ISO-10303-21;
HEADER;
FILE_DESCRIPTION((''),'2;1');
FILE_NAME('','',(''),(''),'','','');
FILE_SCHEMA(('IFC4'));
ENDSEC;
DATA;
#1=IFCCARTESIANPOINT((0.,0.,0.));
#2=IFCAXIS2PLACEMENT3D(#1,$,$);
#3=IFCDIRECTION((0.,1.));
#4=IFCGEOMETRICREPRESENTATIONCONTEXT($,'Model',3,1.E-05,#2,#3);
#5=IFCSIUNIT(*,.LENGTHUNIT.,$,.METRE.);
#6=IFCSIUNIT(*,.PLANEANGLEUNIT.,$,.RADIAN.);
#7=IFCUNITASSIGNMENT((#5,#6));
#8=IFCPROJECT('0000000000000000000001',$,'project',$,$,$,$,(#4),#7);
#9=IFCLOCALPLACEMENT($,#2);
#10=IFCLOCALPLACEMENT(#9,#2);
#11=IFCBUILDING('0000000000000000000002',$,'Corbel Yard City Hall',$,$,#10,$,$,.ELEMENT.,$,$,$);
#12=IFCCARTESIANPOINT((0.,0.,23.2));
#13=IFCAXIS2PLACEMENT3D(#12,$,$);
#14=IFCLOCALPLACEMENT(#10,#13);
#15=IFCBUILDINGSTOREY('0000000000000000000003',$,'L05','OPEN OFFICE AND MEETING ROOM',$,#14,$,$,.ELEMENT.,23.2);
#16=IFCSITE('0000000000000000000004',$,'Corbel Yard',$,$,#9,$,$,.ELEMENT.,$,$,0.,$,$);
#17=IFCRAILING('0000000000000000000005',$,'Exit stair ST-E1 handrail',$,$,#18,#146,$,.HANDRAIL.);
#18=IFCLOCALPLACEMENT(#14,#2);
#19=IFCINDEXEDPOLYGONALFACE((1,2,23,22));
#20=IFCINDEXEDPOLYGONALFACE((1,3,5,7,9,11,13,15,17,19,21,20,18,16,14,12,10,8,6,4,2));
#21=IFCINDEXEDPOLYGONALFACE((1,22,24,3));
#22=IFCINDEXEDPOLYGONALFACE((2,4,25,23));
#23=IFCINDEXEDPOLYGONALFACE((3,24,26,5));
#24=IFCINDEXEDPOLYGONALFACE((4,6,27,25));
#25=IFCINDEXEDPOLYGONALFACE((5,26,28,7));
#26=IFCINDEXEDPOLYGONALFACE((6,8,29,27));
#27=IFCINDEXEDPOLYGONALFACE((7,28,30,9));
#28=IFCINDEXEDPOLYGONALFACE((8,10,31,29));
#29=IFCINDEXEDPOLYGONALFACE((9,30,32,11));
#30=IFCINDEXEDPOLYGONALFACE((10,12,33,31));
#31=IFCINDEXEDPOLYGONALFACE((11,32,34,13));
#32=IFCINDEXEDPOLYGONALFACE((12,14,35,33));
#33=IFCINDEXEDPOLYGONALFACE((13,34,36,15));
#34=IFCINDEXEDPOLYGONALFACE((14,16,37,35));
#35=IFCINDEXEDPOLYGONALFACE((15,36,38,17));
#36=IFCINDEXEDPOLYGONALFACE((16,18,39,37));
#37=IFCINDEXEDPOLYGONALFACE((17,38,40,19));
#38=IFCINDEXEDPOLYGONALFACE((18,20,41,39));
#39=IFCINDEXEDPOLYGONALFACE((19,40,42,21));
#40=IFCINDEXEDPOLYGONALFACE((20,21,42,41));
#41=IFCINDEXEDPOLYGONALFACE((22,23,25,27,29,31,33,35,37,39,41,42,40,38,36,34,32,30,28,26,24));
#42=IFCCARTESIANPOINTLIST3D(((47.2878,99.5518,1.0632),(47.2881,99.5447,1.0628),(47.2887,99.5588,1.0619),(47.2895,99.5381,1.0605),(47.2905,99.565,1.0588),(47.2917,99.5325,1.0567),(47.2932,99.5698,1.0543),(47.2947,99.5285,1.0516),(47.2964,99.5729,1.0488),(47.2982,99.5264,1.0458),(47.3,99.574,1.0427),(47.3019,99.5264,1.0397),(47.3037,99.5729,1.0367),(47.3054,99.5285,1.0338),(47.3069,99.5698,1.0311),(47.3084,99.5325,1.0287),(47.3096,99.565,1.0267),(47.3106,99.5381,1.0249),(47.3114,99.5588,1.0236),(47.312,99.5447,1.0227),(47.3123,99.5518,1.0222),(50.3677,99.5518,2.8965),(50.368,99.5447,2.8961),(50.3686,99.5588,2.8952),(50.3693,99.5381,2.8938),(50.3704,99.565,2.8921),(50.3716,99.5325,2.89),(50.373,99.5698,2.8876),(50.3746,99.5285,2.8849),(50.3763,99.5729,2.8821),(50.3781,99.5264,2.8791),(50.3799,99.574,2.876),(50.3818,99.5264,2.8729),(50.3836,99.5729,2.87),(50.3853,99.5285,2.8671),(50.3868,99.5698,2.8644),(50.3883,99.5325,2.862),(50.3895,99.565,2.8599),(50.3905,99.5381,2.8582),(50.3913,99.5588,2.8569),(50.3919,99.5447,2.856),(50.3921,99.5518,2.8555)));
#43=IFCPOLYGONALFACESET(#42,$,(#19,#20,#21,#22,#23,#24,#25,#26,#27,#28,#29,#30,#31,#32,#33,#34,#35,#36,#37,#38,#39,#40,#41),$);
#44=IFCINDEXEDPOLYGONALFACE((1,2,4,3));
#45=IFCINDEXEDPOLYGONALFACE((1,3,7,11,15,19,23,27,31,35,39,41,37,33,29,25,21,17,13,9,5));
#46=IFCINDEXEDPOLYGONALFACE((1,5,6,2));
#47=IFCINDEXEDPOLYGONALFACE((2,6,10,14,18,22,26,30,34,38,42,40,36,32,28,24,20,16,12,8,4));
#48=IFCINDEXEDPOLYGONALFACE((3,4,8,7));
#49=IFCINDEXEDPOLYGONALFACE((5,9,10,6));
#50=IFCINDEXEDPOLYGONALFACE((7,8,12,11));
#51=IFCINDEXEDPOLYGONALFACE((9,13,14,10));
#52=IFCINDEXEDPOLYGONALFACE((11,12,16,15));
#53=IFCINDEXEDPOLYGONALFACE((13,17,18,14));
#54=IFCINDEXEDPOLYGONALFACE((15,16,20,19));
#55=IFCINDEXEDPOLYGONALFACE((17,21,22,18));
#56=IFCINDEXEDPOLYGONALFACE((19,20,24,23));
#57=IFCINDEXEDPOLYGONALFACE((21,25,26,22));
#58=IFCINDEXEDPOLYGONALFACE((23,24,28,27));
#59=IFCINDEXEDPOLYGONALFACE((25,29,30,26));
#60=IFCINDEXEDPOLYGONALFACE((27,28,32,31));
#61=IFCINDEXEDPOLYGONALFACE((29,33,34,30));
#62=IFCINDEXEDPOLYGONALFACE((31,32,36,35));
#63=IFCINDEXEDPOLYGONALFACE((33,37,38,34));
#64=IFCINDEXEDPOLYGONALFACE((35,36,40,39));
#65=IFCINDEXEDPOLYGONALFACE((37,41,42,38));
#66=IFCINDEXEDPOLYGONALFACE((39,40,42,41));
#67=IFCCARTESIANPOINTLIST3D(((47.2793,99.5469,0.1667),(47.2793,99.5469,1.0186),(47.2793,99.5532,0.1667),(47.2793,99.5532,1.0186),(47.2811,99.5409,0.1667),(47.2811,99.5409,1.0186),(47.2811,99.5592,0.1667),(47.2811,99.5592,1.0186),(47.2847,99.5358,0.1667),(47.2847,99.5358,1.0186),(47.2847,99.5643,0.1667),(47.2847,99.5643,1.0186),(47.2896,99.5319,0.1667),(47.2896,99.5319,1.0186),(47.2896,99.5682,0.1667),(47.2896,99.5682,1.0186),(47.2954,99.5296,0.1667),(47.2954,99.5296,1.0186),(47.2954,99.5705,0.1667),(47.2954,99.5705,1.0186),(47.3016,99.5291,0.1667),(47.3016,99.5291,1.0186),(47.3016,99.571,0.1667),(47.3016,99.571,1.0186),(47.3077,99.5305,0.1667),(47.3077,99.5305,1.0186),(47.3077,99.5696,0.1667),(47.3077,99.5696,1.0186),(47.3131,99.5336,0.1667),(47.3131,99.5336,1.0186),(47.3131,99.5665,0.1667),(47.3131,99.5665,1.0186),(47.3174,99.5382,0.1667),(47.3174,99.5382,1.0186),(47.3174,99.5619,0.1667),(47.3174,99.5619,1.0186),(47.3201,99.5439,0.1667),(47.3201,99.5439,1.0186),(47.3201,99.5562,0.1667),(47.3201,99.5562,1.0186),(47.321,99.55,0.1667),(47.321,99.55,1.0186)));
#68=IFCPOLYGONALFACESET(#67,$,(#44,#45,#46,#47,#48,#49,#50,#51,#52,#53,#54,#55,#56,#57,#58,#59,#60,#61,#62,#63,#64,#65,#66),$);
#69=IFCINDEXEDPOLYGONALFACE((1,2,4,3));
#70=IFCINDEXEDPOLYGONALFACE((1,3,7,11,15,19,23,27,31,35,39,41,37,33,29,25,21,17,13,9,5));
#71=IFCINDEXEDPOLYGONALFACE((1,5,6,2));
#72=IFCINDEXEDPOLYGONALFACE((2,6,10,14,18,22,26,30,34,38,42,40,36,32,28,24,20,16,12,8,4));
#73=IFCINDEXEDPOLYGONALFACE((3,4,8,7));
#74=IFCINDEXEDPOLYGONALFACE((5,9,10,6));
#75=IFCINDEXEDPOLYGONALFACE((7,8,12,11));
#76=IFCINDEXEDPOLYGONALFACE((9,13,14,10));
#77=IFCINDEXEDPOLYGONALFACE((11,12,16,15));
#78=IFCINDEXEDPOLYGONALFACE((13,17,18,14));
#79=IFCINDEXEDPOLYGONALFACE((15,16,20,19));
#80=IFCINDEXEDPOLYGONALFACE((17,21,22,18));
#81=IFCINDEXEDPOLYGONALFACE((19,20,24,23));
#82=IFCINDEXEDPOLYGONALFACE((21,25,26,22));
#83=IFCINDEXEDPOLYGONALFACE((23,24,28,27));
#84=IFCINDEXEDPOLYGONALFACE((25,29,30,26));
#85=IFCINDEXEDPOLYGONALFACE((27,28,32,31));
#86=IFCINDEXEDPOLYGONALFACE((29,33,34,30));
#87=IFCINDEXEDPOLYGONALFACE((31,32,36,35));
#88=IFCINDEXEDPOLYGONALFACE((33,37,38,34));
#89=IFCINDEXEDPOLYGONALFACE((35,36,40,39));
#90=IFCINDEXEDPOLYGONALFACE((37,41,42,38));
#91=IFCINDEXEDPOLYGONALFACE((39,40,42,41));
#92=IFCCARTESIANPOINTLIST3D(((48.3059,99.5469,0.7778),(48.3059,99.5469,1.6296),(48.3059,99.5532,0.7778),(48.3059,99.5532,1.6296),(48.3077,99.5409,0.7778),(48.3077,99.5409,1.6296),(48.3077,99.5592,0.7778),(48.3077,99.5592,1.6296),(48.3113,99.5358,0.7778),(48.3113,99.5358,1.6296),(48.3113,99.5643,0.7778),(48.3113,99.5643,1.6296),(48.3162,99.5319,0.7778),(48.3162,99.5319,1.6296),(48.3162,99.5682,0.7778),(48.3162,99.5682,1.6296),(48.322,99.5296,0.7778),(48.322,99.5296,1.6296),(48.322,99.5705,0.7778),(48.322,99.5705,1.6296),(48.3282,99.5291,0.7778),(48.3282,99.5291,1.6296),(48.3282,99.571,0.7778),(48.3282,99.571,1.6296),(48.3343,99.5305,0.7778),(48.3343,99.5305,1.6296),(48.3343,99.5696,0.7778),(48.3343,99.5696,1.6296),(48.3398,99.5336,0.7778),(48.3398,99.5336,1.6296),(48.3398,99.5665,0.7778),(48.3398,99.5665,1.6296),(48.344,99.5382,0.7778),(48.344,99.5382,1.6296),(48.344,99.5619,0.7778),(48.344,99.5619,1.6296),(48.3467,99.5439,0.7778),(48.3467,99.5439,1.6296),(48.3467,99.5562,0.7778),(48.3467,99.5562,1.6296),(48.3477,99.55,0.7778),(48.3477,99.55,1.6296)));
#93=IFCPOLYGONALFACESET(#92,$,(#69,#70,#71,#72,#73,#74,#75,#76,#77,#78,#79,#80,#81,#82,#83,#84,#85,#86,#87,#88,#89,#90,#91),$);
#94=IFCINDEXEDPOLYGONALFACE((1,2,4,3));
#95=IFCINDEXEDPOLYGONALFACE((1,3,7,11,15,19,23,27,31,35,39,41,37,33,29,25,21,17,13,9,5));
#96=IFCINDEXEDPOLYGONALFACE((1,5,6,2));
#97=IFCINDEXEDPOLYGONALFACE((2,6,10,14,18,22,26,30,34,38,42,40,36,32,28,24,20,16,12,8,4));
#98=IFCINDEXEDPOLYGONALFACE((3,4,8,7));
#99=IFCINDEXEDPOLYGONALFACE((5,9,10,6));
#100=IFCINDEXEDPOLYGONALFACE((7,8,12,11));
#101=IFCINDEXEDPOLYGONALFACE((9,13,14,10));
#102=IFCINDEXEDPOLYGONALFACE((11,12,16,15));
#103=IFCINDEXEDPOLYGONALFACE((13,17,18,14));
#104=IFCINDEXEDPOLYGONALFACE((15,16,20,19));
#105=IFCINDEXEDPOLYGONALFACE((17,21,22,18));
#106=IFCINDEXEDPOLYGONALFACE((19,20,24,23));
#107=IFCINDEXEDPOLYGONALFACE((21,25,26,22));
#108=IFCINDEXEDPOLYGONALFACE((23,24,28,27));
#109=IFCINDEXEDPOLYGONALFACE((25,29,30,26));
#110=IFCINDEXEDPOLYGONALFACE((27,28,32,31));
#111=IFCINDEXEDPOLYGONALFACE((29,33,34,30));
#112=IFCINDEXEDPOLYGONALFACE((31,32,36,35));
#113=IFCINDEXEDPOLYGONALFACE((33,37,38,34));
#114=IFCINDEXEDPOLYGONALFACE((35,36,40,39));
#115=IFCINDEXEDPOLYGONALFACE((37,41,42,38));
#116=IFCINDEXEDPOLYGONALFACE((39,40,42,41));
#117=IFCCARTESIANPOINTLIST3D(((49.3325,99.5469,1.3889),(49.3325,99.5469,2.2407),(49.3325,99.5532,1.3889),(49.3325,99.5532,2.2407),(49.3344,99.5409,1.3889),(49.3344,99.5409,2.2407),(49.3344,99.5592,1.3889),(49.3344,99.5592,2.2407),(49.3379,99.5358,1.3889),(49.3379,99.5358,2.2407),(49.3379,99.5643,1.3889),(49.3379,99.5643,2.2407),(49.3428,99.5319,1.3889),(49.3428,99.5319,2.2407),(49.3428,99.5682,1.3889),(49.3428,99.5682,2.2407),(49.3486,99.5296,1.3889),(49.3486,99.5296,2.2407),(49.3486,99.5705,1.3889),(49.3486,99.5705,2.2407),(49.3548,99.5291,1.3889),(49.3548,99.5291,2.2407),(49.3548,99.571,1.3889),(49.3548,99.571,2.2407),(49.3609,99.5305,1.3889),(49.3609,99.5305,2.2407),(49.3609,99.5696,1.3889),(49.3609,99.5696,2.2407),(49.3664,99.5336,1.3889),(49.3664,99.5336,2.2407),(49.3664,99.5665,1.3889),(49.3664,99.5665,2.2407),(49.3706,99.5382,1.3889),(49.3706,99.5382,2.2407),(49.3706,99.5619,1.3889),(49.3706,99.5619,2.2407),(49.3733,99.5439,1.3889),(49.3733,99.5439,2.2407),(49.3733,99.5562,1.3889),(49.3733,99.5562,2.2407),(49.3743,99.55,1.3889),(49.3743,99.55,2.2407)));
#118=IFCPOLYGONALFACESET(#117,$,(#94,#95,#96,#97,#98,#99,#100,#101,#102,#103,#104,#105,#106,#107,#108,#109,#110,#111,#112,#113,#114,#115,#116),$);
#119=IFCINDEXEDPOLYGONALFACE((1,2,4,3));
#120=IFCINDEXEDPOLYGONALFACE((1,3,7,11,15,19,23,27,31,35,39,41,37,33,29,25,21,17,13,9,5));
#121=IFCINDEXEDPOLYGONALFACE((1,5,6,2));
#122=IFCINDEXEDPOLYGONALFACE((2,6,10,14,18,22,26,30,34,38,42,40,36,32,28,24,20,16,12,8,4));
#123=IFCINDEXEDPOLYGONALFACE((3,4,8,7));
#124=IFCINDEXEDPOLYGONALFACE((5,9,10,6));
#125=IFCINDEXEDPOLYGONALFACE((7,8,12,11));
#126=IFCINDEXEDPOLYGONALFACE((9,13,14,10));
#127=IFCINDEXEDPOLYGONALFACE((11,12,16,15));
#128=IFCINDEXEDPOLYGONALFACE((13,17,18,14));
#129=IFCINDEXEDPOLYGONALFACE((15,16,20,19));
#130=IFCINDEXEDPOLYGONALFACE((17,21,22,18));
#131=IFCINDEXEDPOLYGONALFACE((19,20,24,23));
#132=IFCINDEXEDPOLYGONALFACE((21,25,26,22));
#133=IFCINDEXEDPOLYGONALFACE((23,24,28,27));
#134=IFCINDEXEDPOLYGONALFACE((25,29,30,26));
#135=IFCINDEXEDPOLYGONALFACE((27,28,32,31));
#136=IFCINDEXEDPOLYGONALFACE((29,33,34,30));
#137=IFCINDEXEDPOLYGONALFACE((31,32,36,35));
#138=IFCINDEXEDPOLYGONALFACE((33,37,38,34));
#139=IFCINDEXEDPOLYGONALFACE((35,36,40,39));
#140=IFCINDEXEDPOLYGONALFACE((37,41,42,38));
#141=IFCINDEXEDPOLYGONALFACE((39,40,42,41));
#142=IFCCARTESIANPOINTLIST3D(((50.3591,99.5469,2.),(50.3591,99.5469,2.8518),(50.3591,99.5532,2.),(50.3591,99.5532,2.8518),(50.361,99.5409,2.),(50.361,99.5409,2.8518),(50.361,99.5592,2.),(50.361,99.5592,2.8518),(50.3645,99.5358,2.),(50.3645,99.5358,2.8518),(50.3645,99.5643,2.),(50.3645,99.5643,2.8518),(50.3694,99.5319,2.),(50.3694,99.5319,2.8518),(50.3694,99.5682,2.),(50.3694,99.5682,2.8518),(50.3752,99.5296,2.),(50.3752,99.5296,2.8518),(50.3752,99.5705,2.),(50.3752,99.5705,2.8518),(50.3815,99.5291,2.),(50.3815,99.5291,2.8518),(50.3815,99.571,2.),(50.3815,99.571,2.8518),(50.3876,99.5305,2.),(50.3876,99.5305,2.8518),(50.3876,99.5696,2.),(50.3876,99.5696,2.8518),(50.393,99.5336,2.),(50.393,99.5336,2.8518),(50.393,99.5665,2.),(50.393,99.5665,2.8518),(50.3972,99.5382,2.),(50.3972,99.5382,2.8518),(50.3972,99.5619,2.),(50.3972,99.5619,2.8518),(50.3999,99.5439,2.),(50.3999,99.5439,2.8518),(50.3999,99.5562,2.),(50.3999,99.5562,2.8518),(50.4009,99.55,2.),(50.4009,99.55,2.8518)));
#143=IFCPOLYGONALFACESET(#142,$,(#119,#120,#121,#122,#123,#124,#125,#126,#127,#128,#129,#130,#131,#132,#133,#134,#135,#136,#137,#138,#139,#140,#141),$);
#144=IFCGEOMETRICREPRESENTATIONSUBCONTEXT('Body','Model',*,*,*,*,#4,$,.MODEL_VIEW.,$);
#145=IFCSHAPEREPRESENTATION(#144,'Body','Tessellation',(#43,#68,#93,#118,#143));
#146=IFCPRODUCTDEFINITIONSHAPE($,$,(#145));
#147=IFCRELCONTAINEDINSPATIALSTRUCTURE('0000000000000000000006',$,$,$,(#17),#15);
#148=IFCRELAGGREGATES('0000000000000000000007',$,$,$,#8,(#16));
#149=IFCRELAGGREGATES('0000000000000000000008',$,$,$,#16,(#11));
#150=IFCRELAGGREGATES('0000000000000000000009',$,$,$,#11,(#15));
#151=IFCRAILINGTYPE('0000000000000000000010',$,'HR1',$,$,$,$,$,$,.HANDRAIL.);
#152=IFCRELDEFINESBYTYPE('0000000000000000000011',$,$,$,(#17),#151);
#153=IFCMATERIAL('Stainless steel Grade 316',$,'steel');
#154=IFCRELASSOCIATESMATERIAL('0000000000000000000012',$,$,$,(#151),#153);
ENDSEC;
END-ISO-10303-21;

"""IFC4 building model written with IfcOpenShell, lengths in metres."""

from ifc_helpers import new_model, si_unit, direction, frame, origin, origin_2d, place, context, subcontext, project, spatial, circle, extrude, material, type_object, element, save


model = new_model("IFC4")

# Units and contexts
model_context = context("Model", 3, precision=1e-05, world=origin(), true_north=direction((0.0, 1.0)))
body_context = subcontext(model_context, "Body", "Model", "MODEL_VIEW")
ifc_project = project(units=[si_unit("LENGTHUNIT", "METRE"), si_unit("PLANEANGLEUNIT", "RADIAN")], contexts=[model_context])

# Site, building, storey
site_placement = place(None, origin())
site = spatial("IfcSite", under=ifc_project, at=site_placement, Name="Corbel Yard", CompositionType="ELEMENT", RefElevation=0.0)
building_placement = place(site_placement, origin())
building = spatial("IfcBuilding", under=site, at=building_placement, Name="Corbel Yard City Hall", CompositionType="ELEMENT")
storey_placement = place(building_placement, frame((0.0, 0.0, 23.2)))
storey = spatial("IfcBuildingStorey", under=building, at=storey_placement, Name="L05", Description="OPEN OFFICE AND MEETING ROOM", CompositionType="ELEMENT", Elevation=23.2)

# Railing
ifc_material_1 = material(Name="Stainless steel Grade 316", Category="steel")
railing_type = type_object("IfcRailingType", Name="HR1", PredefinedType="HANDRAIL", material=ifc_material_1)
for number, where, name in (
    (1, (47.3, 99.55, 0.1667), "Exit stair ST-E1 handrail"),
):
    element("IfcRailing", number, at=place(storey_placement, frame(where)), inside=storey, type_object=railing_type, Name=name, PredefinedType="HANDRAIL", context=body_context, shape_type="SweptSolid", body=[
        extrude(circle(Radius=0.0239, at=origin_2d()), frame((0.0, 0.0, 0.876), z_axis=(0.859291, 0.0, 0.511487), x_axis=(0.0, 1.0, 0.0)), (0.0, 0.0, 1.0), 3.5842),
        extrude(circle(Radius=0.021, at=origin_2d()), origin(), (0.0, 0.0, 1.0), 0.8518),
        extrude(circle(Radius=0.021, at=origin_2d()), frame((1.0266, 0.0, 0.6111)), (0.0, 0.0, 1.0), 0.8518),
        extrude(circle(Radius=0.021, at=origin_2d()), frame((2.0532, 0.0, 1.2222)), (0.0, 0.0, 1.0), 0.8518),
        extrude(circle(Radius=0.021, at=origin_2d()), frame((3.0798, 0.0, 1.8333)), (0.0, 0.0, 1.0), 0.8518),
    ])

save(model, "model.ifc")
